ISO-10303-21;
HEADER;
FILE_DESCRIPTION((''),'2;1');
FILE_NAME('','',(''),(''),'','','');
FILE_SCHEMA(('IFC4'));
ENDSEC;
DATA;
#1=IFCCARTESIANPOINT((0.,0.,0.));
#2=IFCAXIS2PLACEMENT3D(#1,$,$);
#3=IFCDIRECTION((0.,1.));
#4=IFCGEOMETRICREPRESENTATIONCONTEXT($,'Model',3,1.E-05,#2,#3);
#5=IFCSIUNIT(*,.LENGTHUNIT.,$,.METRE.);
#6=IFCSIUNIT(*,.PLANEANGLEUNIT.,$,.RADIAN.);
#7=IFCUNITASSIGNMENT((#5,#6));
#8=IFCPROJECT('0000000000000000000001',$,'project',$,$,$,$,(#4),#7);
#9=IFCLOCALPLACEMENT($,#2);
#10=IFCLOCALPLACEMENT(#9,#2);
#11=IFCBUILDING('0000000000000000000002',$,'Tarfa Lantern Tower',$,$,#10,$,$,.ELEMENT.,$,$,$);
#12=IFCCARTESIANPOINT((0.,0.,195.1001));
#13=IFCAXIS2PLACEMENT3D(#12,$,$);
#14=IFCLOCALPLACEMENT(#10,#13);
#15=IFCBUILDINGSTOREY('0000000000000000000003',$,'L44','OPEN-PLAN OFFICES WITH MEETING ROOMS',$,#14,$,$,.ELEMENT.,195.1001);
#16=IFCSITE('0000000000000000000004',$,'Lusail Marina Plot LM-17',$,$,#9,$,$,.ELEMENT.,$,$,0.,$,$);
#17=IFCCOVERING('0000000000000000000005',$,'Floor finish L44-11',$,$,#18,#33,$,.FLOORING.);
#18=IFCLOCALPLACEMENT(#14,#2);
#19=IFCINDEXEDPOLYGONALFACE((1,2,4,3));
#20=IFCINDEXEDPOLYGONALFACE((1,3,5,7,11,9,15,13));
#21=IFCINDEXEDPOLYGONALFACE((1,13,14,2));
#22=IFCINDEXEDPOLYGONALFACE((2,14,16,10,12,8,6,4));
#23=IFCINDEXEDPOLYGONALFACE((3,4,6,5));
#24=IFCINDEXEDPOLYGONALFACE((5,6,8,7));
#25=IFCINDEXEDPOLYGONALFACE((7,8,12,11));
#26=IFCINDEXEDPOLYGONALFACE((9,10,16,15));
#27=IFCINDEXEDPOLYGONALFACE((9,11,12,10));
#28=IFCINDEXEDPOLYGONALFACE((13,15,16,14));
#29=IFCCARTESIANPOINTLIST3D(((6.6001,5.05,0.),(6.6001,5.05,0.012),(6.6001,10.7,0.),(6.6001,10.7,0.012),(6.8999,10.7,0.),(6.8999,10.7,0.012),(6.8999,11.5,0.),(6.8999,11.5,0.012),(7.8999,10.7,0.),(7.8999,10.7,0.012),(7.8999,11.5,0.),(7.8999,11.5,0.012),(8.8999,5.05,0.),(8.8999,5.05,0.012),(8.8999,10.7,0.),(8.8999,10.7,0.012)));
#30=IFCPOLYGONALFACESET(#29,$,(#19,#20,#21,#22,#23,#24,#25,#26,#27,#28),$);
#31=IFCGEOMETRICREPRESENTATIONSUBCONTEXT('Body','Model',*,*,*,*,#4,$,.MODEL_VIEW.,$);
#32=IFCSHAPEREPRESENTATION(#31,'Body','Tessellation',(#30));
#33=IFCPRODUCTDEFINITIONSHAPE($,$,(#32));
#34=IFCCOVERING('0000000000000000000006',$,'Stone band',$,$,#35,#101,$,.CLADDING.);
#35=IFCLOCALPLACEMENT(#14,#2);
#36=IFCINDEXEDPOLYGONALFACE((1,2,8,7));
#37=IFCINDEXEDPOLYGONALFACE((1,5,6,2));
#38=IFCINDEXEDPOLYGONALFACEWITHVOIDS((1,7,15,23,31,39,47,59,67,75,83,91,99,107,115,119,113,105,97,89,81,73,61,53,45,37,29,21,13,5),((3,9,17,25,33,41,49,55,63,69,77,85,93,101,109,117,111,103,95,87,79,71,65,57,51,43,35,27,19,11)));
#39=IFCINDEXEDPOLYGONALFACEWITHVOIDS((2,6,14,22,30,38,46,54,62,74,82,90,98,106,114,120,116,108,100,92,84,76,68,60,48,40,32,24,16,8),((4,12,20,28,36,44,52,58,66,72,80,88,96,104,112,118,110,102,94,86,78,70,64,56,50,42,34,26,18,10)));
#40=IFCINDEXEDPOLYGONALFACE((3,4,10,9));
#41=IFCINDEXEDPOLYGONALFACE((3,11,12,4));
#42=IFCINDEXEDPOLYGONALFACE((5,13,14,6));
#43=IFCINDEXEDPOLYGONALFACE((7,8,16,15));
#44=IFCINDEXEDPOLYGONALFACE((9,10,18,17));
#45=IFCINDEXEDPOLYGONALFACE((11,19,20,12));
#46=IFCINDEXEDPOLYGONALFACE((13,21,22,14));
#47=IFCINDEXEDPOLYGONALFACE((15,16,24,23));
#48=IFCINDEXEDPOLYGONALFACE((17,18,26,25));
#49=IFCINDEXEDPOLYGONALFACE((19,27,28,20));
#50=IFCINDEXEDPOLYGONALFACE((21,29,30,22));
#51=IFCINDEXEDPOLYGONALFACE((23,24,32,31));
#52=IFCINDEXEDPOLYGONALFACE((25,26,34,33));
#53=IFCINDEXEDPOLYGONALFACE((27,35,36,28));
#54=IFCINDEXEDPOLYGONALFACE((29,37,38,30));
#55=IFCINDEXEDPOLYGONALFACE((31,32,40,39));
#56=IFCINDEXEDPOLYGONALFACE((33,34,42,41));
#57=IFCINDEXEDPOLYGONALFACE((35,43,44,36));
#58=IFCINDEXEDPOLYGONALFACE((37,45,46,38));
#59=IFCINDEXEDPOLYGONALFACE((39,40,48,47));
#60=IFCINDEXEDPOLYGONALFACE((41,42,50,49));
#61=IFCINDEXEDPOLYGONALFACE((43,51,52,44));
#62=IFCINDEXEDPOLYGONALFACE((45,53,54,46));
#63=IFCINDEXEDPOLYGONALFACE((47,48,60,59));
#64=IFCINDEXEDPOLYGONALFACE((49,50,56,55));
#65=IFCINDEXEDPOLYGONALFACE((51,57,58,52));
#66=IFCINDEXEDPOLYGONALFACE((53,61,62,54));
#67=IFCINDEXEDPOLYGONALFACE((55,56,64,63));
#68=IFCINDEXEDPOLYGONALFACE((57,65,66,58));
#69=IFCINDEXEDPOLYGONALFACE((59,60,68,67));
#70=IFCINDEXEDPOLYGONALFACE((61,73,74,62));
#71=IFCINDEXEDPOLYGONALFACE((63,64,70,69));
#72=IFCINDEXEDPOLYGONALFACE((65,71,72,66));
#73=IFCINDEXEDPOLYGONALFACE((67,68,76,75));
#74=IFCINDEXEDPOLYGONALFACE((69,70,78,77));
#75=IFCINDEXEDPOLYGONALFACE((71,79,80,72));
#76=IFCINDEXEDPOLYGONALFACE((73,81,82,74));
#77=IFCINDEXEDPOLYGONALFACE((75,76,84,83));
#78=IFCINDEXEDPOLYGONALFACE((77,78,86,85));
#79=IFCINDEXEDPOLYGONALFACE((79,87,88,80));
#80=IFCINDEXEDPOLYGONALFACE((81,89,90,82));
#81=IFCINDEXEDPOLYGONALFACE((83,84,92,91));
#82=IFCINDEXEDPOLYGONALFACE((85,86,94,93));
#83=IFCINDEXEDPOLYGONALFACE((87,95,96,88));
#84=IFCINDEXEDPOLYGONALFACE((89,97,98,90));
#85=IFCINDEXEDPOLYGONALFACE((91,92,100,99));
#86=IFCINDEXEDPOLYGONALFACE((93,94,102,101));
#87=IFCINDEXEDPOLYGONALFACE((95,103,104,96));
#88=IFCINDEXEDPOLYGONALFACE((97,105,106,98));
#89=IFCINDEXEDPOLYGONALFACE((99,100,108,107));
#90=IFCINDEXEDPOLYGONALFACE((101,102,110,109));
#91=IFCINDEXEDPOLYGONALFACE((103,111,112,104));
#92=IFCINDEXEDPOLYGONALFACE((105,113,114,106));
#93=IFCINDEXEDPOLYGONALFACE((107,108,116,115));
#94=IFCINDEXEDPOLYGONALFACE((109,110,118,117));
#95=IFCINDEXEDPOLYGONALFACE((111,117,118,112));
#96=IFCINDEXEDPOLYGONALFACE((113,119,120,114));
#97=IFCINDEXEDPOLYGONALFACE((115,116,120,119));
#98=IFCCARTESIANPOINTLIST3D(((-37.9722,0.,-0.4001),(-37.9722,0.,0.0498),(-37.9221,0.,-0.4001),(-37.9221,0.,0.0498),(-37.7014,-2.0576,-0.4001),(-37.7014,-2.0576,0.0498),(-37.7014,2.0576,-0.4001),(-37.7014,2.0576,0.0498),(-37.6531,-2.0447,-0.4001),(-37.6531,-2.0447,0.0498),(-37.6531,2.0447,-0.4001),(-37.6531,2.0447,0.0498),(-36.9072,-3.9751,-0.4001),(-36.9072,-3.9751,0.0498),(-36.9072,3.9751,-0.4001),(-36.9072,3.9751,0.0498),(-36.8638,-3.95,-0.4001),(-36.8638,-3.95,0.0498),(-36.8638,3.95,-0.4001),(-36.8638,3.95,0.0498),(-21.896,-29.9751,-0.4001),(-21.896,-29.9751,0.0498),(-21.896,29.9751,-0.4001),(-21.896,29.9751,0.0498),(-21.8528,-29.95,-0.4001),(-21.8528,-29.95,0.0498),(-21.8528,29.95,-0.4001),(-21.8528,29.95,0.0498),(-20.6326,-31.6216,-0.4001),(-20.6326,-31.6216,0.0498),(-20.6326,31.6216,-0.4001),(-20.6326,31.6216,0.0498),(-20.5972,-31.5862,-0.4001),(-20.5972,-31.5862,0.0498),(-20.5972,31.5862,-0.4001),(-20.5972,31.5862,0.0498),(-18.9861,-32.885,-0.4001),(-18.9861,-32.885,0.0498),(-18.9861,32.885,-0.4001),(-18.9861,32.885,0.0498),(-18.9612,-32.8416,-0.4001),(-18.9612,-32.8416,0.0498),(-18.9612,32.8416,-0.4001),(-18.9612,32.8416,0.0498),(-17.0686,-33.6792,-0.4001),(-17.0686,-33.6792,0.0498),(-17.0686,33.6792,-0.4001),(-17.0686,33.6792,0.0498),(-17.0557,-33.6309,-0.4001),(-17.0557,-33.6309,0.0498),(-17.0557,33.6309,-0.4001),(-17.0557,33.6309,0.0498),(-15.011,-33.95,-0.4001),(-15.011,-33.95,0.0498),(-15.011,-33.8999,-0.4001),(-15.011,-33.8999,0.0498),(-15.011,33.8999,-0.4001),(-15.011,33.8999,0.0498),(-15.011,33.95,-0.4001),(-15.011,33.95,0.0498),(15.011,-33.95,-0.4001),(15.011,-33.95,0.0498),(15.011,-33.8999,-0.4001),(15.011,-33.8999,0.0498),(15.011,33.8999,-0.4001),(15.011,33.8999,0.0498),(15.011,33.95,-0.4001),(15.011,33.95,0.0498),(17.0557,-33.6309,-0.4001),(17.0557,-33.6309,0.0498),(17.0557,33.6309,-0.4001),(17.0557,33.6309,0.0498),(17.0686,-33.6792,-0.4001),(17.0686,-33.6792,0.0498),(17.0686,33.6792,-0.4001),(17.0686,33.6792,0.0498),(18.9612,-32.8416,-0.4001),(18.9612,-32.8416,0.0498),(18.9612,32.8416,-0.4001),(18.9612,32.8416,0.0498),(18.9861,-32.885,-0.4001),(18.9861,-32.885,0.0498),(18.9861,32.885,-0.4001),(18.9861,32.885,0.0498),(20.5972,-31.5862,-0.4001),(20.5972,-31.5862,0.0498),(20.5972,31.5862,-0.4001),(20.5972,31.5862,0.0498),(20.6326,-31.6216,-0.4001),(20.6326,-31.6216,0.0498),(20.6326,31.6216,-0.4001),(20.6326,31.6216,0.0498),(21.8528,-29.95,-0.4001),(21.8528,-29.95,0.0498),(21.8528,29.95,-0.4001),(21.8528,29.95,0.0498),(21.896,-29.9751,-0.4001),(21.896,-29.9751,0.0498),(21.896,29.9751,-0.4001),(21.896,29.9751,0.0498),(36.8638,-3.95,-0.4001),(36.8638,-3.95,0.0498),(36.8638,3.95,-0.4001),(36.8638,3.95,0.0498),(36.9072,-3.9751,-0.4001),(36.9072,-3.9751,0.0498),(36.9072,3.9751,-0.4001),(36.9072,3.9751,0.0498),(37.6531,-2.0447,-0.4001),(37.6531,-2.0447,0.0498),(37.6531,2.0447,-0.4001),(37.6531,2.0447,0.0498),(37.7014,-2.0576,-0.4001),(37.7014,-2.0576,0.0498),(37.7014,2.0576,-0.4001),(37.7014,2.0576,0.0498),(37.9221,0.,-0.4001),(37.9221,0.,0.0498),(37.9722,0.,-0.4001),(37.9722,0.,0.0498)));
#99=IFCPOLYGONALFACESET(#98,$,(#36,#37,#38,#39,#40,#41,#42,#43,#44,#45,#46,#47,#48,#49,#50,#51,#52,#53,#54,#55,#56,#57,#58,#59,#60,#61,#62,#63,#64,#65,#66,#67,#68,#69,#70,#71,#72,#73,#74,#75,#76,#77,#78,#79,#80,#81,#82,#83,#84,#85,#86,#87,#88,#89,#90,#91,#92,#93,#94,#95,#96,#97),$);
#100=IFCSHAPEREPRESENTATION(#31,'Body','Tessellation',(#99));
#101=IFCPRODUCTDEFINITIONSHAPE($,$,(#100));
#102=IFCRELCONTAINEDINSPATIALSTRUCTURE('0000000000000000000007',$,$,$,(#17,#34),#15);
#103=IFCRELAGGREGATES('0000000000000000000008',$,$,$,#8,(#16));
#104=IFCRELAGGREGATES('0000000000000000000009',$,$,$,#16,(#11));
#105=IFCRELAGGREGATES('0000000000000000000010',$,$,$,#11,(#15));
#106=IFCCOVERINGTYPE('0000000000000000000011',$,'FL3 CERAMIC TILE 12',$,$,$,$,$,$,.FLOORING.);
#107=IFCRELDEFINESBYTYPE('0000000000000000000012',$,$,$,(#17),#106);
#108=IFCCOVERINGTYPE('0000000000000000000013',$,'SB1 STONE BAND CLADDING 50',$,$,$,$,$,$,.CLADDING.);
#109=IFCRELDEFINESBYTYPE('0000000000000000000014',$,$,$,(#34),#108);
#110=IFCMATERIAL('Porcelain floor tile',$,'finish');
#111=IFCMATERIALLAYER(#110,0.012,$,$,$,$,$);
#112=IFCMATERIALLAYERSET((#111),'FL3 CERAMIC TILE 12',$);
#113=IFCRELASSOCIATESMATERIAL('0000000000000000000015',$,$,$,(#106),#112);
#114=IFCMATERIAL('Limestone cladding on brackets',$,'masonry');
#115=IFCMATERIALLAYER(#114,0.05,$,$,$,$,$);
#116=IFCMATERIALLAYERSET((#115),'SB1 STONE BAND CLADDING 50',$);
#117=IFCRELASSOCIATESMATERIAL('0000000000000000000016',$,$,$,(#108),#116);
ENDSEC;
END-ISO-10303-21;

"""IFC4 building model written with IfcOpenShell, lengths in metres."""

from ifc_helpers import new_model, si_unit, direction, frame, origin, place, context, subcontext, project, spatial, polyline, outline, extrude, material, layer, layer_set, type_object, element, save


model = new_model("IFC4")

# Units and contexts
model_context = context("Model", 3, precision=1e-05, world=origin(), true_north=direction((0.0, 1.0)))
body_context = subcontext(model_context, "Body", "Model", "MODEL_VIEW")
ifc_project = project(units=[si_unit("LENGTHUNIT", "METRE"), si_unit("PLANEANGLEUNIT", "RADIAN")], contexts=[model_context])

# Site, building, storey
site_placement = place(None, origin())
site = spatial("IfcSite", under=ifc_project, at=site_placement, Name="Lusail Marina Plot LM-17", CompositionType="ELEMENT", RefElevation=0.0)
building_placement = place(site_placement, origin())
building = spatial("IfcBuilding", under=site, at=building_placement, Name="Tarfa Lantern Tower", CompositionType="ELEMENT")
storey_placement = place(building_placement, frame((0.0, 0.0, 195.1001)))
storey = spatial("IfcBuildingStorey", under=building, at=storey_placement, Name="L44", Description="OPEN-PLAN OFFICES WITH MEETING ROOMS", CompositionType="ELEMENT", Elevation=195.1001)

# Coverings
ifc_material_1 = material(Name="Porcelain floor tile", Category="finish")
ifc_layer_1 = layer(ifc_material_1, 0.012)
ifc_layer_set_1 = layer_set([ifc_layer_1], Name="FL3 CERAMIC TILE 12")
covering_type_1 = type_object("IfcCoveringType", Name="FL3 CERAMIC TILE 12", PredefinedType="FLOORING", material=ifc_layer_set_1)
covering_1_placement = place(storey_placement, origin())
element("IfcCovering", 1, at=covering_1_placement, inside=storey, type_object=covering_type_1, Name="Floor finish L44-11", PredefinedType="FLOORING", context=body_context, shape_type="SweptSolid", body=[
    extrude(outline(polyline([(6.6001, 5.05), (8.8999, 5.05), (8.8999, 10.7), (7.8999, 10.7), (7.8999, 11.5), (6.8999, 11.5), (6.8999, 10.7), (6.6001, 10.7), (6.6001, 5.05)])), origin(), (0.0, 0.0, 1.0), 0.012),
])
ifc_material_2 = material(Name="Limestone cladding on brackets", Category="masonry")
ifc_layer_2 = layer(ifc_material_2, 0.05)
ifc_layer_set_2 = layer_set([ifc_layer_2], Name="SB1 STONE BAND CLADDING 50")
covering_type_2 = type_object("IfcCoveringType", Name="SB1 STONE BAND CLADDING 50", PredefinedType="CLADDING", material=ifc_layer_set_2)
covering_2_placement = place(storey_placement, frame((0.0, 0.0, -0.4001)))
element("IfcCovering", 2, at=covering_2_placement, inside=storey, type_object=covering_type_2, Name="Stone band", PredefinedType="CLADDING", context=body_context, shape_type="SweptSolid", body=[
    extrude(outline(polyline([(36.9072, 3.9751), (21.896, 29.9751), (20.6326, 31.6216), (18.9861, 32.885), (17.0686, 33.6792), (15.011, 33.95), (-15.011, 33.95), (-17.0686, 33.6792), (-18.9861, 32.885), (-20.6326, 31.6216), (-21.896, 29.9751), (-36.9072, 3.9751), (-37.7014, 2.0576), (-37.9722, 0.0), (-37.7014, -2.0576), (-36.9072, -3.9751), (-21.896, -29.9751), (-20.6326, -31.6216), (-18.9861, -32.885), (-17.0686, -33.6792), (-15.011, -33.95), (15.011, -33.95), (17.0686, -33.6792), (18.9861, -32.885), (20.6326, -31.6216), (21.896, -29.9751), (36.9072, -3.9751), (37.7014, -2.0576), (37.9722, 0.0), (37.7014, 2.0576), (36.9072, 3.9751)]), holes=[polyline([(36.8638, 3.95), (21.8528, 29.95), (20.5972, 31.5862), (18.9612, 32.8416), (17.0557, 33.6309), (15.011, 33.8999), (-15.011, 33.8999), (-17.0557, 33.6309), (-18.9612, 32.8416), (-20.5972, 31.5862), (-21.8528, 29.95), (-36.8638, 3.95), (-37.6531, 2.0447), (-37.9221, 0.0), (-37.6531, -2.0447), (-36.8638, -3.95), (-21.8528, -29.95), (-20.5972, -31.5862), (-18.9612, -32.8416), (-17.0557, -33.6309), (-15.011, -33.8999), (15.011, -33.8999), (17.0557, -33.6309), (18.9612, -32.8416), (20.5972, -31.5862), (21.8528, -29.95), (36.8638, -3.95), (37.6531, -2.0447), (37.9221, 0.0), (37.6531, 2.0447), (36.8638, 3.95)])]), origin(), (0.0, 0.0, 1.0), 0.45),
])

save(model, "model.ifc")
